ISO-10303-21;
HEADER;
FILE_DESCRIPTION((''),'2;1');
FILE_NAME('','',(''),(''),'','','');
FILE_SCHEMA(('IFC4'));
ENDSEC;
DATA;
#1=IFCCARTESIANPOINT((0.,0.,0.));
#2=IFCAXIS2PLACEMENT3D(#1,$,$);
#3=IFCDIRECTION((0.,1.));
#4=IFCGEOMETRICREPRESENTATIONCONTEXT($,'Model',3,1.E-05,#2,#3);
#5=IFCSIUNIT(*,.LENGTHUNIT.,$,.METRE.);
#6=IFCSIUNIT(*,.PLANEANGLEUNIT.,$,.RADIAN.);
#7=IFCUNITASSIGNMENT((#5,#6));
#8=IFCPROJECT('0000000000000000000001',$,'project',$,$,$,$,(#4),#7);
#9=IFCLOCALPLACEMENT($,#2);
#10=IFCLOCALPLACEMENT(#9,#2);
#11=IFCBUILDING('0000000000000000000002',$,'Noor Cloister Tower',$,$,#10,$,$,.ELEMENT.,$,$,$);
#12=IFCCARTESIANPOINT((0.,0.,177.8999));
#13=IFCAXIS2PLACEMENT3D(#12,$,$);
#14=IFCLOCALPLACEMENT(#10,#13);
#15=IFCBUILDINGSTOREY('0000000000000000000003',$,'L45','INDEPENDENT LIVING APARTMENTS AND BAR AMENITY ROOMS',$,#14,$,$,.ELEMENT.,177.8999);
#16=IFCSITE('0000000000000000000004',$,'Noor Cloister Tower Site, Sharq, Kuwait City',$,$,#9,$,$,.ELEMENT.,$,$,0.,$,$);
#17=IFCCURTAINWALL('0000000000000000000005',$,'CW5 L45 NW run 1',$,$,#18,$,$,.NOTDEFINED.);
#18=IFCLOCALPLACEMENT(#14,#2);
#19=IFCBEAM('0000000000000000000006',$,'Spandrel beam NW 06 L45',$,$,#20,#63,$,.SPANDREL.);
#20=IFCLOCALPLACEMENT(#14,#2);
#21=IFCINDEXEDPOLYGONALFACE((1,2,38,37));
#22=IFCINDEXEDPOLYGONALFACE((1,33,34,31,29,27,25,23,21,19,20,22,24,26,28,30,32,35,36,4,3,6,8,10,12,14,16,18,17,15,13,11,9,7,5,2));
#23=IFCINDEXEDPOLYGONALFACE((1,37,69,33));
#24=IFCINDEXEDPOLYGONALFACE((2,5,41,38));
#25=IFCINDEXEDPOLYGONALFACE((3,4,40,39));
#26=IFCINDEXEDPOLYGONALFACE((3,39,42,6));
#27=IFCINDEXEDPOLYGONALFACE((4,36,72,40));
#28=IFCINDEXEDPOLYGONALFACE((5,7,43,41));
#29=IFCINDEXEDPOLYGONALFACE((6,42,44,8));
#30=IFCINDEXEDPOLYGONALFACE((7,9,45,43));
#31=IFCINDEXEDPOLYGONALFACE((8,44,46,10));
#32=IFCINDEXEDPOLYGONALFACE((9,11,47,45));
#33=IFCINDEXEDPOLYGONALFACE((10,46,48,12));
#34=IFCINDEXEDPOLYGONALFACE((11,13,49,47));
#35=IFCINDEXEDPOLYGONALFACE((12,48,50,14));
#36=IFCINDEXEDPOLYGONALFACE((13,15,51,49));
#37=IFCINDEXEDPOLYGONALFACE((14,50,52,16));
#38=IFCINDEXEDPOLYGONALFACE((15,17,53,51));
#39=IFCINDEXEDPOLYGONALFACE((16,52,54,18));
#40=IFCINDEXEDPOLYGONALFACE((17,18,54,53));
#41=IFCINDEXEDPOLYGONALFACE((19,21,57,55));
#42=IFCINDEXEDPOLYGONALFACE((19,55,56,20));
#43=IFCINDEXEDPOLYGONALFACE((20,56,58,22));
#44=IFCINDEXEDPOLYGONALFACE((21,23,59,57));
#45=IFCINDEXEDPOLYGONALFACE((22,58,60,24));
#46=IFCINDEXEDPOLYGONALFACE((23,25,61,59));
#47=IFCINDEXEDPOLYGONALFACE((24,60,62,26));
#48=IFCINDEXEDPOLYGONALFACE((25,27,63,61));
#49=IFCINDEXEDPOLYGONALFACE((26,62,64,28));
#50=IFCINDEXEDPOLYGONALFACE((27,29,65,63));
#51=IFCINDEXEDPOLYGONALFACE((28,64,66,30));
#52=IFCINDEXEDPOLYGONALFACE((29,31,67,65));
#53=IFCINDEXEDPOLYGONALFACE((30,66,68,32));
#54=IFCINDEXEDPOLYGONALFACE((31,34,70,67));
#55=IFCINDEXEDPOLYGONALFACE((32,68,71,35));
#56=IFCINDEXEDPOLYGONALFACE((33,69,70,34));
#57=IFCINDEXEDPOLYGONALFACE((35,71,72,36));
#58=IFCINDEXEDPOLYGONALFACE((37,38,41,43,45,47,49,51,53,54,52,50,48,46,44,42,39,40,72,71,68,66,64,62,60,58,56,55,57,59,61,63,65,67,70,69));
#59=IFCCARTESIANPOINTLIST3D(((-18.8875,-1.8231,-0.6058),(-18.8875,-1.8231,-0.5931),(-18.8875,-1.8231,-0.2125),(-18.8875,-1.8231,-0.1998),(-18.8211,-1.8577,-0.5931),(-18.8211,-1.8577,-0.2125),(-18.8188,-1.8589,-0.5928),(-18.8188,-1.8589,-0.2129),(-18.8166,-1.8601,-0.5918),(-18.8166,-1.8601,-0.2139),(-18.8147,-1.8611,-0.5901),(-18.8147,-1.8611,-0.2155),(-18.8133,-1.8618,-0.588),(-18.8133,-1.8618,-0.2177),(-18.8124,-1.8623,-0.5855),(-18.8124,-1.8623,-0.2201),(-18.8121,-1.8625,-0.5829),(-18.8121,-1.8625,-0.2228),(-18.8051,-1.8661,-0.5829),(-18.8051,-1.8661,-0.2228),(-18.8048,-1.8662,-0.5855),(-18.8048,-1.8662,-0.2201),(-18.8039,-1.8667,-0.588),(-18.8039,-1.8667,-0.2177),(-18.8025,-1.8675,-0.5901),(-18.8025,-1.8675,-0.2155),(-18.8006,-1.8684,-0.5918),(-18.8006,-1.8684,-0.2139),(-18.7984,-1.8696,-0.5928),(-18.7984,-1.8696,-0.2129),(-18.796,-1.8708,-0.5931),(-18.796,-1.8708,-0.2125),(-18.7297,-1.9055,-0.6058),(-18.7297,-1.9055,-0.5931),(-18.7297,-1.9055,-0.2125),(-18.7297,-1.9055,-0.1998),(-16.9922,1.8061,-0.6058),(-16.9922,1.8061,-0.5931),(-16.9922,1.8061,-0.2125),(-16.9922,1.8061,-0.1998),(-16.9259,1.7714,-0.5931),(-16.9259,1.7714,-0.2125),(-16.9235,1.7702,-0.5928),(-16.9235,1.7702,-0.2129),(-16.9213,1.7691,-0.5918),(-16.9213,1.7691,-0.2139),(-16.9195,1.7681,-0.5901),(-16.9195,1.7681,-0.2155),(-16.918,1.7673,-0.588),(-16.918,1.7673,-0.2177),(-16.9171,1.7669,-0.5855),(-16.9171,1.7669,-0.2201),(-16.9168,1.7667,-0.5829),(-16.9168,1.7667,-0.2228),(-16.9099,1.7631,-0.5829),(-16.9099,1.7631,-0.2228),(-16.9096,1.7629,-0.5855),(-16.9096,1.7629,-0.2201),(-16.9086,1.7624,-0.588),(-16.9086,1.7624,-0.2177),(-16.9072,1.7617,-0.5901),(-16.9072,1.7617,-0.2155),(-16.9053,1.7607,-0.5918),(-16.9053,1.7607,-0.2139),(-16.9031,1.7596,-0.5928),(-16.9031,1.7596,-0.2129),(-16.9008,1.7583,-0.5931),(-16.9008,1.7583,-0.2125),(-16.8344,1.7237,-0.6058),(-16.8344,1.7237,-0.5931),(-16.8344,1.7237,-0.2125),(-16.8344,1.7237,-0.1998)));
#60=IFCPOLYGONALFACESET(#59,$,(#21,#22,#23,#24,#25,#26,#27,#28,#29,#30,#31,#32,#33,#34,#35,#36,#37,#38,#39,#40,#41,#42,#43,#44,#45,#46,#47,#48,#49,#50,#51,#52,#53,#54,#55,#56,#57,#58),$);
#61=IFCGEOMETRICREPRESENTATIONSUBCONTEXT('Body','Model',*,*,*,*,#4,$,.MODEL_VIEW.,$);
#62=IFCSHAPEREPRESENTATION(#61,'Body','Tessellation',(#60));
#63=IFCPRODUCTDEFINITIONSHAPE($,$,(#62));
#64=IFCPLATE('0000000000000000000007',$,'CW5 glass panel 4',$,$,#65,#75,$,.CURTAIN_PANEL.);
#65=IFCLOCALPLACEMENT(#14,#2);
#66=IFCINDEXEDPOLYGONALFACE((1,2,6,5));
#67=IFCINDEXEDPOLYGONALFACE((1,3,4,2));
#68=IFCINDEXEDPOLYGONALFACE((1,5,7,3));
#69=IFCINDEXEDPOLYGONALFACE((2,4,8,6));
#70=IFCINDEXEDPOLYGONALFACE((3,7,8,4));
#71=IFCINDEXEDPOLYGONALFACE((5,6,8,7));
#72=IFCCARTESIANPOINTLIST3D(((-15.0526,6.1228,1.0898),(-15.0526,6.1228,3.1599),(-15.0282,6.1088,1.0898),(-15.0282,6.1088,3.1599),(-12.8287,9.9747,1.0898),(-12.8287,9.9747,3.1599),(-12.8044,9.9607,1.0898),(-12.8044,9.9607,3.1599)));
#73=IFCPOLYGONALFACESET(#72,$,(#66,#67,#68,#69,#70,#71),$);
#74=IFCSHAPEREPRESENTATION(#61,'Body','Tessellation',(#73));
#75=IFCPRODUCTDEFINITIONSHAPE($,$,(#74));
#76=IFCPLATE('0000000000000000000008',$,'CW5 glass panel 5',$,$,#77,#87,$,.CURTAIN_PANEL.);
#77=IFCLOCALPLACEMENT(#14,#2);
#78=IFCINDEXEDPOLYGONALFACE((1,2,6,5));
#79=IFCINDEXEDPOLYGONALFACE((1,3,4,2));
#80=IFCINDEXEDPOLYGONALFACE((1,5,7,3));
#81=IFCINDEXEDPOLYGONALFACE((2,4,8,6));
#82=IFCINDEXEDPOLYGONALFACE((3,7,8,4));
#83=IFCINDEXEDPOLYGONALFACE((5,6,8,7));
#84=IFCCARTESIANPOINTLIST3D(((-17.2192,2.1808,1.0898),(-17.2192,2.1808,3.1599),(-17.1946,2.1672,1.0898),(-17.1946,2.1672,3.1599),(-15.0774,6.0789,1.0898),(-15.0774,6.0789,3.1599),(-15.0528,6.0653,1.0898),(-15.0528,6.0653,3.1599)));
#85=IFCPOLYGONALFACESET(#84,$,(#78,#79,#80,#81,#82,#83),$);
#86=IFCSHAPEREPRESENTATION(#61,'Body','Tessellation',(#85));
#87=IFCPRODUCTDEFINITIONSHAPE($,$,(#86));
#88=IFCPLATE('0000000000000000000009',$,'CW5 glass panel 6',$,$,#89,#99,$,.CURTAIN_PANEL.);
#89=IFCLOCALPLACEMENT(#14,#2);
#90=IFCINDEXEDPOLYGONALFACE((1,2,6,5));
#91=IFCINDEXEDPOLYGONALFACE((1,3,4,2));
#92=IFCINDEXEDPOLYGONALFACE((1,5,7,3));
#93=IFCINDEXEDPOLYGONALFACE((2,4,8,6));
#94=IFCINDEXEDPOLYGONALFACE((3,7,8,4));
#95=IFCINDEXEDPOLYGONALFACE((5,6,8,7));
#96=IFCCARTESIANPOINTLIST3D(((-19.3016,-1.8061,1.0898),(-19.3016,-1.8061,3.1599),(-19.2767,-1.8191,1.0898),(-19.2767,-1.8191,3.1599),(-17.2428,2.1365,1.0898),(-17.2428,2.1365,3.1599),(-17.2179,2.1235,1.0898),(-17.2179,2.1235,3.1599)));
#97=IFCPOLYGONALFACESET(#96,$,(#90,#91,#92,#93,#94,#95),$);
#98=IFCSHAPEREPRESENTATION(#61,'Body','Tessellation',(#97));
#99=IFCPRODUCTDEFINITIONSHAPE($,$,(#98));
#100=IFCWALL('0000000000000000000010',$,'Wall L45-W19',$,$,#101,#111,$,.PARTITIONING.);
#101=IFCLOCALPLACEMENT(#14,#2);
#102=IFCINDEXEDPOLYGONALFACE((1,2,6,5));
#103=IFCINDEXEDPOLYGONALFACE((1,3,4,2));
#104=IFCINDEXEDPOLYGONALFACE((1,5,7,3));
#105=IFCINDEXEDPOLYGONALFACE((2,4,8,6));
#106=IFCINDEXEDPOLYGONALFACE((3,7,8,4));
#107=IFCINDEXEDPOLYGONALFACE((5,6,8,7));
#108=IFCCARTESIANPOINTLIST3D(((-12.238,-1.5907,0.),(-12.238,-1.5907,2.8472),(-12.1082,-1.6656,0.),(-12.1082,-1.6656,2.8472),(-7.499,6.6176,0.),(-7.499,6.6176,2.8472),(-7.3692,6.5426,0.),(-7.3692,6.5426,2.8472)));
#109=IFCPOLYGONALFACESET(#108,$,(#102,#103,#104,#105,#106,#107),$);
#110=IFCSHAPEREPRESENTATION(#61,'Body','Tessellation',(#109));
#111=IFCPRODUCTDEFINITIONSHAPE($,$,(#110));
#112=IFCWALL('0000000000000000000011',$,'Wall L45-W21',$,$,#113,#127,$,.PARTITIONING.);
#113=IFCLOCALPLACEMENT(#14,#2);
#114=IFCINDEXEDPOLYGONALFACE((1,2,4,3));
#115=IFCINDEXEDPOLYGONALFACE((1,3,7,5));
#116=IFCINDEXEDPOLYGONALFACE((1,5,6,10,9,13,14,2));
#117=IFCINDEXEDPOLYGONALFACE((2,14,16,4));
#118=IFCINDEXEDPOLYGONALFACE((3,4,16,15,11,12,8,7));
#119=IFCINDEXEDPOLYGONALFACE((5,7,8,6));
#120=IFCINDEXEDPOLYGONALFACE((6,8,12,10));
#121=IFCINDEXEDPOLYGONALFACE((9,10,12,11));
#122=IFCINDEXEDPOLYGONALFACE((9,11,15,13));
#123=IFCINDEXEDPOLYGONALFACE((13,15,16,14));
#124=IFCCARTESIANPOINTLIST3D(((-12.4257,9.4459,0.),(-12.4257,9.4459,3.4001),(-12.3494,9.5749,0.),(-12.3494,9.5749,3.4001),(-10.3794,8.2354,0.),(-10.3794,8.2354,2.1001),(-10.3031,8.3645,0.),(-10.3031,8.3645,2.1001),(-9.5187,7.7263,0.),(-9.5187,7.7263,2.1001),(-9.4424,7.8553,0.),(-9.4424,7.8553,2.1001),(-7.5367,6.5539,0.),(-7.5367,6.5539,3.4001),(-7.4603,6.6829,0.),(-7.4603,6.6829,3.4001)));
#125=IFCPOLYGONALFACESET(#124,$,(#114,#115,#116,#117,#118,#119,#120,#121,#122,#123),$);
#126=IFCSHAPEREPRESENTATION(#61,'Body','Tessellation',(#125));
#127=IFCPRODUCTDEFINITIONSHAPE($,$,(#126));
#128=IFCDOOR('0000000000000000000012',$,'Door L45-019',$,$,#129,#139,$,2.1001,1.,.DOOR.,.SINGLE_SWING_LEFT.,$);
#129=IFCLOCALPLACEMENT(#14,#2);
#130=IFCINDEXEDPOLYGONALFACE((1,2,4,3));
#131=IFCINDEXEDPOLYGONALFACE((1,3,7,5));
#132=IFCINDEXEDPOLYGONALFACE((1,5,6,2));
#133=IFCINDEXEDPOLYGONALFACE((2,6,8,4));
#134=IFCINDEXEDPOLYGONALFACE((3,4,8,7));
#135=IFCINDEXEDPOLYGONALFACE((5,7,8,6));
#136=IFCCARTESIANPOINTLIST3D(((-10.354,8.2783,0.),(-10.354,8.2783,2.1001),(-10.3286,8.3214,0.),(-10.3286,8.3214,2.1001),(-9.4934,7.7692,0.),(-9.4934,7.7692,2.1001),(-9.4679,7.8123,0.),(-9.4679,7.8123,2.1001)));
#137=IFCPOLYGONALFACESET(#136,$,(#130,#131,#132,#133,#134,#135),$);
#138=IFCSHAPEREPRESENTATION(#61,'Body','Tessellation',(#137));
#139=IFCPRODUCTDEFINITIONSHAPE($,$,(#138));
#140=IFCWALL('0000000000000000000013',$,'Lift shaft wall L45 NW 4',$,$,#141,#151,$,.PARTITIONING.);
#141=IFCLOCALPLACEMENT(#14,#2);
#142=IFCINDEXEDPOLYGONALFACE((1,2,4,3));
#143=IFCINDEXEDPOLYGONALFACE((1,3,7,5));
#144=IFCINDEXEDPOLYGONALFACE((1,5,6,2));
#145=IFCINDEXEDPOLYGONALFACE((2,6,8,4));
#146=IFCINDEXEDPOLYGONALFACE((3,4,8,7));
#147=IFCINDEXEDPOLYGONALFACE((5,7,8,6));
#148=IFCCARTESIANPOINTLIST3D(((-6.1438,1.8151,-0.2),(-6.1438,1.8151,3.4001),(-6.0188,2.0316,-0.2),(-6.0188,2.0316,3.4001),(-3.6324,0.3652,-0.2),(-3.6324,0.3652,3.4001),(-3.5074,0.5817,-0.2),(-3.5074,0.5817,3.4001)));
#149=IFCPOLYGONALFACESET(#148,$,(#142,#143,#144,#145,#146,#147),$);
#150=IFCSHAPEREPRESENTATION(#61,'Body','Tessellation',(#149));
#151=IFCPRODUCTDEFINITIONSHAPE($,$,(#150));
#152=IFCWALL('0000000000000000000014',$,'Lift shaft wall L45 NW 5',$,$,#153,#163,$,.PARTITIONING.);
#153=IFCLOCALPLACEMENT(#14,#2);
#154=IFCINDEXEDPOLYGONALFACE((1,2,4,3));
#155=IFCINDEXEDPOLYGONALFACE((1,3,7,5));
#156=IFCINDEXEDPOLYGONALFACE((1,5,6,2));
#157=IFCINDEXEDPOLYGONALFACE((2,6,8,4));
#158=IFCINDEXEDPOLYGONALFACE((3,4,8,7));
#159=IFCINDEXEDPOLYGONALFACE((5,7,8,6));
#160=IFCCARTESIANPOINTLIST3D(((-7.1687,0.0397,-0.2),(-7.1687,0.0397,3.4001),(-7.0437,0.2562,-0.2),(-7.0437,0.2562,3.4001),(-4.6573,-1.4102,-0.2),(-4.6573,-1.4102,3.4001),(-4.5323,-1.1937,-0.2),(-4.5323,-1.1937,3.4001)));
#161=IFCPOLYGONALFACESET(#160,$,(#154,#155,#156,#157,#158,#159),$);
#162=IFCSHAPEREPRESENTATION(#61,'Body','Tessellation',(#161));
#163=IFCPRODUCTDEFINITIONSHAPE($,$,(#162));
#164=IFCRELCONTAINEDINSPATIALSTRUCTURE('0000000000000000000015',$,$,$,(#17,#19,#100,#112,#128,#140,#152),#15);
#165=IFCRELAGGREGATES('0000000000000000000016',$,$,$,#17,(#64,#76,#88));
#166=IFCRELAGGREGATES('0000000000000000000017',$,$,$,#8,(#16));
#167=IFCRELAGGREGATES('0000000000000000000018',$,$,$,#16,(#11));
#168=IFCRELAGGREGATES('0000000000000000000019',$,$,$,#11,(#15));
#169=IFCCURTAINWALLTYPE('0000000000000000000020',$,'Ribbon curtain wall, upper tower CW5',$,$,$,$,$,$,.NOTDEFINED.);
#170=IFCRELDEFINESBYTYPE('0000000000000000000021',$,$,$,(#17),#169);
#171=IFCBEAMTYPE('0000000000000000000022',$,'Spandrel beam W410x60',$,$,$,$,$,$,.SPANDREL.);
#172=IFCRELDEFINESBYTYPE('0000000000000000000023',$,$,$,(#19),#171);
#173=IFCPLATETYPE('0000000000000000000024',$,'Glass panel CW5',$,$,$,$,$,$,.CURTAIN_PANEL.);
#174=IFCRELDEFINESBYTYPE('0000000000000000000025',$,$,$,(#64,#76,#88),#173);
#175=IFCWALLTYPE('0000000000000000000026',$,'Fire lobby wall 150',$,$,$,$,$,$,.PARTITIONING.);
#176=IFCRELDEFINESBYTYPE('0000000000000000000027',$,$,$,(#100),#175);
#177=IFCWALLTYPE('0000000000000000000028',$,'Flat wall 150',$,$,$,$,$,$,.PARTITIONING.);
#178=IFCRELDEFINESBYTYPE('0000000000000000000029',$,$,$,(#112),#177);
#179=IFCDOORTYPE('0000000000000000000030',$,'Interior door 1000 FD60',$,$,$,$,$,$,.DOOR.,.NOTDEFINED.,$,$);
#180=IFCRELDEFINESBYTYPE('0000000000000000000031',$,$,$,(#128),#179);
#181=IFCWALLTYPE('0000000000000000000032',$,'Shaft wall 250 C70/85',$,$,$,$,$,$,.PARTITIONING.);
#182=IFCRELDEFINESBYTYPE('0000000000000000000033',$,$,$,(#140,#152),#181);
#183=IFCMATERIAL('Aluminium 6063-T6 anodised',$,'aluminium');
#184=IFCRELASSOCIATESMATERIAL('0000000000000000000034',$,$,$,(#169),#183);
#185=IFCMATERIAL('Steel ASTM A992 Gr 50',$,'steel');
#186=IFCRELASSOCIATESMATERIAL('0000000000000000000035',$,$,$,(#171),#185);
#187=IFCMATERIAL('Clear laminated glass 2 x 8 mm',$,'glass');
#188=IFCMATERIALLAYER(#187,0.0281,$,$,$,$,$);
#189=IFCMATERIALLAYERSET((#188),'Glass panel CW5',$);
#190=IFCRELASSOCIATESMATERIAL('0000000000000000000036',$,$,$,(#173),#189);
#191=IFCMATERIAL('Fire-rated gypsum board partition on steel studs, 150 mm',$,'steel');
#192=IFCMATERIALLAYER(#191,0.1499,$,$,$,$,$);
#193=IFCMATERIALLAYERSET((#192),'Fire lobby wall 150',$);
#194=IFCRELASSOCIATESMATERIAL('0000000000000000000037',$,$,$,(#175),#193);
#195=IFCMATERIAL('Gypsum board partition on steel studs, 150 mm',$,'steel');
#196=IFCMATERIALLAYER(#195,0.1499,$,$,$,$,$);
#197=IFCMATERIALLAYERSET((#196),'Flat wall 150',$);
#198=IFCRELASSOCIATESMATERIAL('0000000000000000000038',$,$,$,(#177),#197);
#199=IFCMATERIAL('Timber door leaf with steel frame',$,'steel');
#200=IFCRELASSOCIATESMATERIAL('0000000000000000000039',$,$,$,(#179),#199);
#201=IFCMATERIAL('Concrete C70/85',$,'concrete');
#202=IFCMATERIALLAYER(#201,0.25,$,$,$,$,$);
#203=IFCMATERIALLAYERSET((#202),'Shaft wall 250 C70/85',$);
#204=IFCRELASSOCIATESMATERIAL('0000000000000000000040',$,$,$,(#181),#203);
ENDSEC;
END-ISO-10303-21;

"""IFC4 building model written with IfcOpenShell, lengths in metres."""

from ifc_helpers import new_model, si_unit, direction, frame, frame_2d, origin, origin_2d, place, context, subcontext, project, spatial, rectangle, i_section, extrude, material, layer, layer_set, material_profile, profile_set, type_object, element, fill, aggregate, save


model = new_model("IFC4")

# Units and contexts
model_context = context("Model", 3, precision=1e-05, world=origin(), true_north=direction((0.0, 1.0)))
body_context = subcontext(model_context, "Body", "Model", "MODEL_VIEW")
ifc_project = project(units=[si_unit("LENGTHUNIT", "METRE"), si_unit("PLANEANGLEUNIT", "RADIAN")], contexts=[model_context])

# Site, building, storey
site_placement = place(None, origin())
site = spatial("IfcSite", under=ifc_project, at=site_placement, Name="Noor Cloister Tower Site, Sharq, Kuwait City", CompositionType="ELEMENT", RefElevation=0.0)
building_placement = place(site_placement, origin())
building = spatial("IfcBuilding", under=site, at=building_placement, Name="Noor Cloister Tower", CompositionType="ELEMENT")
storey_placement = place(building_placement, frame((0.0, 0.0, 177.8999)))
storey = spatial("IfcBuildingStorey", under=building, at=storey_placement, Name="L45", Description="INDEPENDENT LIVING APARTMENTS AND BAR AMENITY ROOMS", CompositionType="ELEMENT", Elevation=177.8999)

# Curtain wall
ifc_material_1 = material(Name="Aluminium 6063-T6 anodised", Category="aluminium")
curtain_wall_type = type_object("IfcCurtainWallType", Name="Ribbon curtain wall, upper tower CW5", PredefinedType="NOTDEFINED", material=ifc_material_1)
curtain_wall_placement = place(storey_placement, origin())
curtain_wall = element("IfcCurtainWall", 1, at=curtain_wall_placement, inside=storey, type_object=curtain_wall_type, Name="CW5 L45 NW run 1", PredefinedType="NOTDEFINED")

# Beam
ifc_material_2 = material(Name="Steel ASTM A992 Gr 50", Category="steel")
ifc_material_profile_1 = material_profile(ifc_material_2, i_section(OverallWidth=0.178, OverallDepth=0.406, WebThickness=0.0078, FlangeThickness=0.0127, FilletRadius=0.0103, at=origin_2d()), Name="W410x60")
ifc_profile_set_1 = profile_set([ifc_material_profile_1], Name="Steel ASTM A992 Gr 50")
beam_type_1 = type_object("IfcBeamType", Name="Spandrel beam W410x60", PredefinedType="SPANDREL", material=ifc_profile_set_1)
beam_1_placement = place(storey_placement, frame((-16.9133, 1.7649, -0.4028), z_axis=(-0.46291, -0.886405, 0.0), x_axis=(0.886405, -0.46291, 0.0)))
element("IfcBeam", 2, at=beam_1_placement, inside=storey, type_object=beam_type_1, Name="Spandrel beam NW 06 L45", PredefinedType="SPANDREL", context=body_context, shape_type="SweptSolid", body=[
    extrude(i_section(OverallWidth=0.178, OverallDepth=0.406, WebThickness=0.0078, FlangeThickness=0.0127, FilletRadius=0.0103, at=origin_2d()), origin(), (0.0, 0.0, 1.0), 4.0942),
])

# Plates
ifc_material_3 = material(Name="Clear laminated glass 2 x 8 mm", Category="glass")
ifc_layer_1 = layer(ifc_material_3, 0.0281)
ifc_layer_set_1 = layer_set([ifc_layer_1], Name="Glass panel CW5")
plate_type = type_object("IfcPlateType", Name="Glass panel CW5", PredefinedType="CURTAIN_PANEL", material=ifc_layer_set_1)
plate_1_placement = place(storey_placement, frame((-13.9285, 8.0417, 1.0898), z_axis=(0.0, 0.0, 1.0), x_axis=(-0.5, -0.866025, 0.0)))
plate_1 = element("IfcPlate", 3, at=plate_1_placement, type_object=plate_type, Name="CW5 glass panel 4", PredefinedType="CURTAIN_PANEL", context=body_context, shape_type="SweptSolid", body=[
    extrude(rectangle(XDim=4.4478, YDim=0.0281, at=origin_2d()), origin(), (0.0, 0.0, 1.0), 2.0701),
])
plate_2_placement = place(storey_placement, frame((-16.136, 4.123, 1.0898), z_axis=(0.0, 0.0, 1.0), x_axis=(-0.481545, -0.876421, 0.0)))
plate_2 = element("IfcPlate", 4, at=plate_2_placement, type_object=plate_type, Name="CW5 glass panel 5", PredefinedType="CURTAIN_PANEL", context=body_context, shape_type="SweptSolid", body=[
    extrude(rectangle(XDim=4.4478, YDim=0.0281, at=origin_2d()), origin(), (0.0, 0.0, 1.0), 2.0701),
])
plate_3_placement = place(storey_placement, frame((-18.2598, 0.1587, 1.0898), z_axis=(0.0, 0.0, 1.0), x_axis=(-0.462875, -0.886424, 0.0)))
plate_3 = element("IfcPlate", 5, at=plate_3_placement, type_object=plate_type, Name="CW5 glass panel 6", PredefinedType="CURTAIN_PANEL", context=body_context, shape_type="SweptSolid", body=[
    extrude(rectangle(XDim=4.4478, YDim=0.0281, at=origin_2d()), origin(), (0.0, 0.0, 1.0), 2.0701),
])
aggregate(curtain_wall, [plate_1, plate_2, plate_3])

# Wall
ifc_material_4 = material(Name="Fire-rated gypsum board partition on steel studs, 150 mm", Category="steel")
ifc_layer_2 = layer(ifc_material_4, 0.1499)
ifc_layer_set_2 = layer_set([ifc_layer_2], Name="Fire lobby wall 150")
wall_type_1 = type_object("IfcWallType", Name="Fire lobby wall 150", PredefinedType="PARTITIONING", material=ifc_layer_set_2)
wall_1_placement = place(storey_placement, frame((-7.4341, 6.5801, 0.0), z_axis=(0.0, 0.0, 1.0), x_axis=(-0.499998, -0.866026, 0.0)))
element("IfcWall", 6, at=wall_1_placement, inside=storey, type_object=wall_type_1, Name="Wall L45-W19", PredefinedType="PARTITIONING", context=body_context, shape_type="SweptSolid", body=[
    extrude(rectangle(XDim=9.478, YDim=0.1499, at=frame_2d((4.739, 0.0))), origin(), (0.0, 0.0, 1.0), 2.8472),
])

# Wall, opening, door
ifc_material_5 = material(Name="Gypsum board partition on steel studs, 150 mm", Category="steel")
ifc_layer_3 = layer(ifc_material_5, 0.1499)
ifc_layer_set_3 = layer_set([ifc_layer_3], Name="Flat wall 150")
wall_type_2 = type_object("IfcWallType", Name="Flat wall 150", PredefinedType="PARTITIONING", material=ifc_layer_set_3)
wall_2_placement = place(storey_placement, frame((-12.3877, 9.5105, 0.0), z_axis=(0.0, 0.0, 1.0), x_axis=(0.860692, -0.509126, 0.0)))
wall_2 = element("IfcWall", 7, at=wall_2_placement, inside=storey, type_object=wall_type_2, Name="Wall L45-W21", PredefinedType="PARTITIONING", context=body_context, shape_type="SweptSolid", body=[
    extrude(rectangle(XDim=5.6804, YDim=0.1499, at=frame_2d((2.8403, 0.0))), origin(), (0.0, 0.0, 1.0), 3.4001),
])
opening_placement = place(wall_2_placement, frame((2.3777, 0.0, 0.0)))
opening = element("IfcOpeningElement", 8, at=opening_placement, cuts=wall_2, PredefinedType="OPENING", context=body_context, shape_type="SweptSolid", body=[
    extrude(rectangle(XDim=1.0, YDim=2.1001, at=frame_2d((0.5, 1.05))), frame((0.0, 0.085, 0.0), z_axis=(0.0, -1.0, 0.0), x_axis=(1.0, 0.0, 0.0)), (0.0, 0.0, 1.0), 0.1699),
])
ifc_material_6 = material(Name="Timber door leaf with steel frame", Category="steel")
door_type = type_object("IfcDoorType", Name="Interior door 1000 FD60", OperationType="NOTDEFINED", PredefinedType="DOOR", material=ifc_material_6)
door_placement = place(opening_placement, origin())
door = element("IfcDoor", 9, at=door_placement, inside=storey, type_object=door_type, Name="Door L45-019", OperationType="SINGLE_SWING_LEFT", OverallHeight=2.1001, OverallWidth=1.0, PredefinedType="DOOR", context=body_context, shape_type="SweptSolid", body=[
    extrude(rectangle(XDim=1.0, YDim=2.1001, at=frame_2d((0.5, 1.05))), frame((0.0, 0.0249, 0.0), z_axis=(0.0, -1.0, 0.0), x_axis=(1.0, 0.0, 0.0)), (0.0, 0.0, 1.0), 0.05),
])
fill(opening, door)

# Walls
ifc_material_7 = material(Name="Concrete C70/85", Category="concrete")
ifc_layer_4 = layer(ifc_material_7, 0.25)
ifc_layer_set_4 = layer_set([ifc_layer_4], Name="Shaft wall 250 C70/85")
wall_type_3 = type_object("IfcWallType", Name="Shaft wall 250 C70/85", PredefinedType="PARTITIONING", material=ifc_layer_set_4)
for number, where, z_axis, x_axis, name in (
    (10, (-6.0813, 1.9233, -0.2), (0.0, 0.0, 1.0), (0.866033, -0.499987, 0.0), "Lift shaft wall L45 NW 4"),
    (11, (-7.1062, 0.1479, -0.2), (0.0, 0.0, 1.0), (0.866033, -0.499987, 0.0), "Lift shaft wall L45 NW 5"),
):
    element("IfcWall", number, at=place(storey_placement, frame(where, z_axis=z_axis, x_axis=x_axis)), inside=storey, type_object=wall_type_3, Name=name, PredefinedType="PARTITIONING", context=body_context, shape_type="SweptSolid", body=[
        extrude(rectangle(XDim=2.8999, YDim=0.25, at=frame_2d((1.45, 0.0))), origin(), (0.0, 0.0, 1.0), 3.6001),
    ])

save(model, "model.ifc")
